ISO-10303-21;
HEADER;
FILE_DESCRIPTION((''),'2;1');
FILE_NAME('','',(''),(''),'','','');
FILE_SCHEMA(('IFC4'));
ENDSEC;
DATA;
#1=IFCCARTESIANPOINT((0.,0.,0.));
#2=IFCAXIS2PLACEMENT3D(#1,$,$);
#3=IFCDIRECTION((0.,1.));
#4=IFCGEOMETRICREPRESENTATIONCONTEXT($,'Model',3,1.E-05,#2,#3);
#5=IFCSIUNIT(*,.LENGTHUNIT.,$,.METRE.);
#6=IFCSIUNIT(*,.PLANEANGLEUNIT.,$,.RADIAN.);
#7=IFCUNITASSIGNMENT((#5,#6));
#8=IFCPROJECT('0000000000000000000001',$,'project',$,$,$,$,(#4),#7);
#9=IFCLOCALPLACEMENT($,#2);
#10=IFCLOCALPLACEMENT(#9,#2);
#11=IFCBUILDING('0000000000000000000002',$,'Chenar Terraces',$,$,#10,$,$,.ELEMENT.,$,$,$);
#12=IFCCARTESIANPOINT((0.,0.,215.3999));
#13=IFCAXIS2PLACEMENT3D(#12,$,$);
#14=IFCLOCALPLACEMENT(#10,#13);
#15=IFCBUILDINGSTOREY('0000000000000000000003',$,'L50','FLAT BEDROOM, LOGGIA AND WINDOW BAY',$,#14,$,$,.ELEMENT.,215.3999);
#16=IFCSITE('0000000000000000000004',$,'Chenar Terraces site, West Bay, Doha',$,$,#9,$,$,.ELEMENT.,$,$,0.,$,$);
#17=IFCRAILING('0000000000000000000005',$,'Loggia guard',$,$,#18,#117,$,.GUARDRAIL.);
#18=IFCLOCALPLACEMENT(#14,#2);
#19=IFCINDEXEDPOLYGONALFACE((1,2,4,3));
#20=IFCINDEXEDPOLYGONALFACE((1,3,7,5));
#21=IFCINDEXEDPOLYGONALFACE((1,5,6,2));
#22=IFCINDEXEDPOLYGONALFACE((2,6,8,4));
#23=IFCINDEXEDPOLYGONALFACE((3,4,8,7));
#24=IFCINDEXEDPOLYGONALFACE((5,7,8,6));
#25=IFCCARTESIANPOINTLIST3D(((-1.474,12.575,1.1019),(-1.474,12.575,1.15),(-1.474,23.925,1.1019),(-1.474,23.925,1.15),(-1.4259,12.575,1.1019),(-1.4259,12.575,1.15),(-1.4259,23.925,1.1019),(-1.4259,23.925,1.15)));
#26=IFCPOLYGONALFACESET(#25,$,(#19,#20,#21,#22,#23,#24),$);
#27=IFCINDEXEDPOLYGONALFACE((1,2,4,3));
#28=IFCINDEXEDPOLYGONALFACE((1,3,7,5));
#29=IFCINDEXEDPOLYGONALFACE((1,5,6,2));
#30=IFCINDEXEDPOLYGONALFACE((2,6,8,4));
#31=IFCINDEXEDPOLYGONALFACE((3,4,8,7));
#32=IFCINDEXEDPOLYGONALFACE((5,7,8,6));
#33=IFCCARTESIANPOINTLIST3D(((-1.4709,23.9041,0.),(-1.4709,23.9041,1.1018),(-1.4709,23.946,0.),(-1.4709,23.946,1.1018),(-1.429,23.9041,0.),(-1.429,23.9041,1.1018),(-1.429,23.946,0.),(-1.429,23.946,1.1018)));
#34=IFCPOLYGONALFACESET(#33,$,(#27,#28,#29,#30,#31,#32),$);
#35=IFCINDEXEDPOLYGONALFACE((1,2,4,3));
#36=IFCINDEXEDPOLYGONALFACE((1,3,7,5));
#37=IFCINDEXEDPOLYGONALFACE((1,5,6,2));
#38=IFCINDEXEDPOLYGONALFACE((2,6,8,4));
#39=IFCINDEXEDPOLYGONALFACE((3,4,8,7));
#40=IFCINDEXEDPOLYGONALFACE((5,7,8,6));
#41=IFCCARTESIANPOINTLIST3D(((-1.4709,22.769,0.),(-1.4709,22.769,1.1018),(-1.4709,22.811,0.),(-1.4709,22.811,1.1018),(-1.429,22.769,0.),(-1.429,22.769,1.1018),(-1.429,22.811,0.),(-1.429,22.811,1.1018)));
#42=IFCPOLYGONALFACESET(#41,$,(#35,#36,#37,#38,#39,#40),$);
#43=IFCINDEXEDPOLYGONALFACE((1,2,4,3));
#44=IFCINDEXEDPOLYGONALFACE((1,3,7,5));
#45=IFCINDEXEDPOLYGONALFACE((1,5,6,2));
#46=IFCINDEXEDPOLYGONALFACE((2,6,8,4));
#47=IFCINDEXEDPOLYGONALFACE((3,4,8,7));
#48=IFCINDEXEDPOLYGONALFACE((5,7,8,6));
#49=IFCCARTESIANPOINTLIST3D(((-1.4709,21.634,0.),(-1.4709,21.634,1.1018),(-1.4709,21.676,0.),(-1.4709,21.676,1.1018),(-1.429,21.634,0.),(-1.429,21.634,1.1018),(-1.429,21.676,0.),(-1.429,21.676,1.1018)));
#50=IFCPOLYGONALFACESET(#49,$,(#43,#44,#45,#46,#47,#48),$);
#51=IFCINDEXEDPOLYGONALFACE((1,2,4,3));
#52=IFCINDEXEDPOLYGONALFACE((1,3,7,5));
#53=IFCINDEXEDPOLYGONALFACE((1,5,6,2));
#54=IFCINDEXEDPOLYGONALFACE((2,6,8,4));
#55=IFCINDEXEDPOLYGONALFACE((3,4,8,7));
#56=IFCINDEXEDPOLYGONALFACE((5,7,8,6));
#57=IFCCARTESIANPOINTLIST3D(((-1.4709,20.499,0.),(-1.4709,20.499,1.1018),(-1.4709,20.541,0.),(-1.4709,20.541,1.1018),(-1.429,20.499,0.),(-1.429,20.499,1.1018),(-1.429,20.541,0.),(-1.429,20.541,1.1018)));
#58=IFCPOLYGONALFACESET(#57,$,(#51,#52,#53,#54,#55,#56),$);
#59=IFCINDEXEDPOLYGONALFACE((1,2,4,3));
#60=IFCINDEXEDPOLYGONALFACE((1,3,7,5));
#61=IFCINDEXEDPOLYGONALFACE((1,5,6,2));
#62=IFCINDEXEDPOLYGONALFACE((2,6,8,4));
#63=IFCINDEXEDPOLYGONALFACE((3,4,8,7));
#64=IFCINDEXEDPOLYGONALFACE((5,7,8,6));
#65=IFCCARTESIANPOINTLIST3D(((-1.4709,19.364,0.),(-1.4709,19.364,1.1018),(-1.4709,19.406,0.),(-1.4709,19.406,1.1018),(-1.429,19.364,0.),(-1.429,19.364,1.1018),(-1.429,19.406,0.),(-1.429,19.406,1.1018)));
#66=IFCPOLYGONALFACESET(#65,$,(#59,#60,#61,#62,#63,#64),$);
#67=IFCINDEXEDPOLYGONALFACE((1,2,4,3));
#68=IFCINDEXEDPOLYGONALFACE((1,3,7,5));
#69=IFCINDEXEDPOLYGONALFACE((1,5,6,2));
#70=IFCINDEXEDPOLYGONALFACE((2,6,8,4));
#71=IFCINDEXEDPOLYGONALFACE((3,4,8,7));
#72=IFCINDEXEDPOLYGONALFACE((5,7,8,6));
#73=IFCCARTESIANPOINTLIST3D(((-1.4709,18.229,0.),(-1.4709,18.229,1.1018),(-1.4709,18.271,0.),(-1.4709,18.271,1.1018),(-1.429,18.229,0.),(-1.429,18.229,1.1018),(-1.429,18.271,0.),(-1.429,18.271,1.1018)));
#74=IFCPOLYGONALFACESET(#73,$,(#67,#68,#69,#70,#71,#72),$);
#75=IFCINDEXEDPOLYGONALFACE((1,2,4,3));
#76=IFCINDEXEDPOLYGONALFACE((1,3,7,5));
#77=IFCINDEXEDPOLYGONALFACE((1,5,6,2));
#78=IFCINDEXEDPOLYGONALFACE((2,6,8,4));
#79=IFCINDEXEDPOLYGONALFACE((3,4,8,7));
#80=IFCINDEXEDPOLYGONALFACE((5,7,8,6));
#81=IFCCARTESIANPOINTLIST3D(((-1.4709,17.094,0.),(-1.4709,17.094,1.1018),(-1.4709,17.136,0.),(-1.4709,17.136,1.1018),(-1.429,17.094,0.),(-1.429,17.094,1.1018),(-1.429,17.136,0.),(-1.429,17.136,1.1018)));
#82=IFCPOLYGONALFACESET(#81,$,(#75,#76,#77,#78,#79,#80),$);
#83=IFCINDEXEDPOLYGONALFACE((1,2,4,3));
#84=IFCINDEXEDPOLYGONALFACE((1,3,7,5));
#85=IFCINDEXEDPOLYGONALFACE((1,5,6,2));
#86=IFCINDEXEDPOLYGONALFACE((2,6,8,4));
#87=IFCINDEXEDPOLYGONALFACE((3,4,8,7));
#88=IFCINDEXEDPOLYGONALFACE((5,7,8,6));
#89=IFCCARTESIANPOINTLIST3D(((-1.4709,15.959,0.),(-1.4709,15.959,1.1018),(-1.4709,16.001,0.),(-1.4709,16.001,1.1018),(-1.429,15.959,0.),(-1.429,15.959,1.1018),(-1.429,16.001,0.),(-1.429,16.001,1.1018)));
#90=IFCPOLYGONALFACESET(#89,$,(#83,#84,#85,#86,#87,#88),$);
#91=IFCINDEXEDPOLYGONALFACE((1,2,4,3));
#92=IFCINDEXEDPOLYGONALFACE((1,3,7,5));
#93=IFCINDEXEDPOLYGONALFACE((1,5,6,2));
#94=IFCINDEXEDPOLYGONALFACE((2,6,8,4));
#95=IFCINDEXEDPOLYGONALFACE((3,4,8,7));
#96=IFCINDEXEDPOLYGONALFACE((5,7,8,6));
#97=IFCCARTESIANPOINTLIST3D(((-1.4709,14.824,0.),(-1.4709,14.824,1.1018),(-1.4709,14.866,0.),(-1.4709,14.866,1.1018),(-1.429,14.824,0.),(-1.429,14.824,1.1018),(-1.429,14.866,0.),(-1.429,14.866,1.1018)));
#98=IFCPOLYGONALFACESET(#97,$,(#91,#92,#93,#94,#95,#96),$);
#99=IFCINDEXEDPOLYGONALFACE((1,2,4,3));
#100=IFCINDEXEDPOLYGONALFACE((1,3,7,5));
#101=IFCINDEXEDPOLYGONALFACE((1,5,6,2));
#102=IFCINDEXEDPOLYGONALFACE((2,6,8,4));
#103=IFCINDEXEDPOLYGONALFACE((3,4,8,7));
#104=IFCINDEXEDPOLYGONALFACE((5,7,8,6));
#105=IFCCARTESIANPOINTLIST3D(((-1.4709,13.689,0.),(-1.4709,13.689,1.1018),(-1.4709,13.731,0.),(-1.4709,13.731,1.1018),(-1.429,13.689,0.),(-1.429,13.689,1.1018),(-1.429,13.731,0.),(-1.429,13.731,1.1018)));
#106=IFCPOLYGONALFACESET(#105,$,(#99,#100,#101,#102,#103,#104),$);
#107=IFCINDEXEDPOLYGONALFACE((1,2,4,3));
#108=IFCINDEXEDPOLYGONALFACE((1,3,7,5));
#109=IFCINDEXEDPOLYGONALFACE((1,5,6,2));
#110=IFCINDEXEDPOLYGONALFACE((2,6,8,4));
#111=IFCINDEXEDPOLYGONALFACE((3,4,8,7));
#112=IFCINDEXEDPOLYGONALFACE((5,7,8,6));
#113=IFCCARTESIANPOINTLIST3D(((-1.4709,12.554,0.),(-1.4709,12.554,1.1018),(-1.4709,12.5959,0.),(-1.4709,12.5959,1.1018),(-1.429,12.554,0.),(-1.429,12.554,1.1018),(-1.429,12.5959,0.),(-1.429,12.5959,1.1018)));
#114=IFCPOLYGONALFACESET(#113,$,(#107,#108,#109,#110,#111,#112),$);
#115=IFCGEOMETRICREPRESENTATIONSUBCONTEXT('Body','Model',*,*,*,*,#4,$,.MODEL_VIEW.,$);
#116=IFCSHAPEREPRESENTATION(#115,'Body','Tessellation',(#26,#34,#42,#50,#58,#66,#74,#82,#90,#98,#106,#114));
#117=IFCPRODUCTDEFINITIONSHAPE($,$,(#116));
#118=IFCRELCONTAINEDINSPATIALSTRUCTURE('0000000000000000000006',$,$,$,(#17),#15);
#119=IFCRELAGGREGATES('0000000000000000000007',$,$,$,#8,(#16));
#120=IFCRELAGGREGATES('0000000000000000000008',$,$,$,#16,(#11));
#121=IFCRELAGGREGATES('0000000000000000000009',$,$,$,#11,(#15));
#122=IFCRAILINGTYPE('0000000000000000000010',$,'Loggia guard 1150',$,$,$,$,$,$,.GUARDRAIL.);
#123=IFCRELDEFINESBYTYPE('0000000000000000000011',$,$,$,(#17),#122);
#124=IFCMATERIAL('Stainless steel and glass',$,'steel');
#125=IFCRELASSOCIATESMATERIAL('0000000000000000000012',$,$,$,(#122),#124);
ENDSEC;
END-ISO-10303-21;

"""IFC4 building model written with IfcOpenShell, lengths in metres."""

from ifc_helpers import new_model, si_unit, direction, frame, origin, origin_2d, place, context, subcontext, project, spatial, rectangle, extrude, material, type_object, element, save


model = new_model("IFC4")

# Units and contexts
model_context = context("Model", 3, precision=1e-05, world=origin(), true_north=direction((0.0, 1.0)))
body_context = subcontext(model_context, "Body", "Model", "MODEL_VIEW")
ifc_project = project(units=[si_unit("LENGTHUNIT", "METRE"), si_unit("PLANEANGLEUNIT", "RADIAN")], contexts=[model_context])

# Site, building, storey
site_placement = place(None, origin())
site = spatial("IfcSite", under=ifc_project, at=site_placement, Name="Chenar Terraces site, West Bay, Doha", CompositionType="ELEMENT", RefElevation=0.0)
building_placement = place(site_placement, origin())
building = spatial("IfcBuilding", under=site, at=building_placement, Name="Chenar Terraces", CompositionType="ELEMENT")
storey_placement = place(building_placement, frame((0.0, 0.0, 215.3999)))
storey = spatial("IfcBuildingStorey", under=building, at=storey_placement, Name="L50", Description="FLAT BEDROOM, LOGGIA AND WINDOW BAY", CompositionType="ELEMENT", Elevation=215.3999)

# Railing
ifc_material_1 = material(Name="Stainless steel and glass", Category="steel")
railing_type_1 = type_object("IfcRailingType", Name="Loggia guard 1150", PredefinedType="GUARDRAIL", material=ifc_material_1)
railing_1_placement = place(storey_placement, frame((-1.45, 23.925, 0.0)))
element("IfcRailing", 1, at=railing_1_placement, inside=storey, type_object=railing_type_1, Name="Loggia guard", PredefinedType="GUARDRAIL", context=body_context, shape_type="SweptSolid", body=[
    extrude(rectangle(XDim=0.0481, YDim=0.0481, at=origin_2d()), frame((0.0, 0.0, 1.126), z_axis=(0.0, -1.0, 0.0), x_axis=(1.0, 0.0, 0.0)), (0.0, 0.0, 1.0), 11.3501),
    extrude(rectangle(XDim=0.042, YDim=0.042, at=origin_2d()), origin(), (0.0, 0.0, 1.0), 1.1018),
    extrude(rectangle(XDim=0.042, YDim=0.042, at=origin_2d()), frame((0.0, -1.135, 0.0)), (0.0, 0.0, 1.0), 1.1018),
    extrude(rectangle(XDim=0.042, YDim=0.042, at=origin_2d()), frame((0.0, -2.27, 0.0)), (0.0, 0.0, 1.0), 1.1018),
    extrude(rectangle(XDim=0.042, YDim=0.042, at=origin_2d()), frame((0.0, -3.405, 0.0)), (0.0, 0.0, 1.0), 1.1018),
    extrude(rectangle(XDim=0.042, YDim=0.042, at=origin_2d()), frame((0.0, -4.54, 0.0)), (0.0, 0.0, 1.0), 1.1018),
    extrude(rectangle(XDim=0.042, YDim=0.042, at=origin_2d()), frame((0.0, -5.675, 0.0)), (0.0, 0.0, 1.0), 1.1018),
    extrude(rectangle(XDim=0.042, YDim=0.042, at=origin_2d()), frame((0.0, -6.8101, 0.0)), (0.0, 0.0, 1.0), 1.1018),
    extrude(rectangle(XDim=0.042, YDim=0.042, at=origin_2d()), frame((0.0, -7.9451, 0.0)), (0.0, 0.0, 1.0), 1.1018),
    extrude(rectangle(XDim=0.042, YDim=0.042, at=origin_2d()), frame((0.0, -9.0801, 0.0)), (0.0, 0.0, 1.0), 1.1018),
    extrude(rectangle(XDim=0.042, YDim=0.042, at=origin_2d()), frame((0.0, -10.2151, 0.0)), (0.0, 0.0, 1.0), 1.1018),
    extrude(rectangle(XDim=0.042, YDim=0.042, at=origin_2d()), frame((0.0, -11.3501, 0.0)), (0.0, 0.0, 1.0), 1.1018),
])

save(model, "model.ifc")
